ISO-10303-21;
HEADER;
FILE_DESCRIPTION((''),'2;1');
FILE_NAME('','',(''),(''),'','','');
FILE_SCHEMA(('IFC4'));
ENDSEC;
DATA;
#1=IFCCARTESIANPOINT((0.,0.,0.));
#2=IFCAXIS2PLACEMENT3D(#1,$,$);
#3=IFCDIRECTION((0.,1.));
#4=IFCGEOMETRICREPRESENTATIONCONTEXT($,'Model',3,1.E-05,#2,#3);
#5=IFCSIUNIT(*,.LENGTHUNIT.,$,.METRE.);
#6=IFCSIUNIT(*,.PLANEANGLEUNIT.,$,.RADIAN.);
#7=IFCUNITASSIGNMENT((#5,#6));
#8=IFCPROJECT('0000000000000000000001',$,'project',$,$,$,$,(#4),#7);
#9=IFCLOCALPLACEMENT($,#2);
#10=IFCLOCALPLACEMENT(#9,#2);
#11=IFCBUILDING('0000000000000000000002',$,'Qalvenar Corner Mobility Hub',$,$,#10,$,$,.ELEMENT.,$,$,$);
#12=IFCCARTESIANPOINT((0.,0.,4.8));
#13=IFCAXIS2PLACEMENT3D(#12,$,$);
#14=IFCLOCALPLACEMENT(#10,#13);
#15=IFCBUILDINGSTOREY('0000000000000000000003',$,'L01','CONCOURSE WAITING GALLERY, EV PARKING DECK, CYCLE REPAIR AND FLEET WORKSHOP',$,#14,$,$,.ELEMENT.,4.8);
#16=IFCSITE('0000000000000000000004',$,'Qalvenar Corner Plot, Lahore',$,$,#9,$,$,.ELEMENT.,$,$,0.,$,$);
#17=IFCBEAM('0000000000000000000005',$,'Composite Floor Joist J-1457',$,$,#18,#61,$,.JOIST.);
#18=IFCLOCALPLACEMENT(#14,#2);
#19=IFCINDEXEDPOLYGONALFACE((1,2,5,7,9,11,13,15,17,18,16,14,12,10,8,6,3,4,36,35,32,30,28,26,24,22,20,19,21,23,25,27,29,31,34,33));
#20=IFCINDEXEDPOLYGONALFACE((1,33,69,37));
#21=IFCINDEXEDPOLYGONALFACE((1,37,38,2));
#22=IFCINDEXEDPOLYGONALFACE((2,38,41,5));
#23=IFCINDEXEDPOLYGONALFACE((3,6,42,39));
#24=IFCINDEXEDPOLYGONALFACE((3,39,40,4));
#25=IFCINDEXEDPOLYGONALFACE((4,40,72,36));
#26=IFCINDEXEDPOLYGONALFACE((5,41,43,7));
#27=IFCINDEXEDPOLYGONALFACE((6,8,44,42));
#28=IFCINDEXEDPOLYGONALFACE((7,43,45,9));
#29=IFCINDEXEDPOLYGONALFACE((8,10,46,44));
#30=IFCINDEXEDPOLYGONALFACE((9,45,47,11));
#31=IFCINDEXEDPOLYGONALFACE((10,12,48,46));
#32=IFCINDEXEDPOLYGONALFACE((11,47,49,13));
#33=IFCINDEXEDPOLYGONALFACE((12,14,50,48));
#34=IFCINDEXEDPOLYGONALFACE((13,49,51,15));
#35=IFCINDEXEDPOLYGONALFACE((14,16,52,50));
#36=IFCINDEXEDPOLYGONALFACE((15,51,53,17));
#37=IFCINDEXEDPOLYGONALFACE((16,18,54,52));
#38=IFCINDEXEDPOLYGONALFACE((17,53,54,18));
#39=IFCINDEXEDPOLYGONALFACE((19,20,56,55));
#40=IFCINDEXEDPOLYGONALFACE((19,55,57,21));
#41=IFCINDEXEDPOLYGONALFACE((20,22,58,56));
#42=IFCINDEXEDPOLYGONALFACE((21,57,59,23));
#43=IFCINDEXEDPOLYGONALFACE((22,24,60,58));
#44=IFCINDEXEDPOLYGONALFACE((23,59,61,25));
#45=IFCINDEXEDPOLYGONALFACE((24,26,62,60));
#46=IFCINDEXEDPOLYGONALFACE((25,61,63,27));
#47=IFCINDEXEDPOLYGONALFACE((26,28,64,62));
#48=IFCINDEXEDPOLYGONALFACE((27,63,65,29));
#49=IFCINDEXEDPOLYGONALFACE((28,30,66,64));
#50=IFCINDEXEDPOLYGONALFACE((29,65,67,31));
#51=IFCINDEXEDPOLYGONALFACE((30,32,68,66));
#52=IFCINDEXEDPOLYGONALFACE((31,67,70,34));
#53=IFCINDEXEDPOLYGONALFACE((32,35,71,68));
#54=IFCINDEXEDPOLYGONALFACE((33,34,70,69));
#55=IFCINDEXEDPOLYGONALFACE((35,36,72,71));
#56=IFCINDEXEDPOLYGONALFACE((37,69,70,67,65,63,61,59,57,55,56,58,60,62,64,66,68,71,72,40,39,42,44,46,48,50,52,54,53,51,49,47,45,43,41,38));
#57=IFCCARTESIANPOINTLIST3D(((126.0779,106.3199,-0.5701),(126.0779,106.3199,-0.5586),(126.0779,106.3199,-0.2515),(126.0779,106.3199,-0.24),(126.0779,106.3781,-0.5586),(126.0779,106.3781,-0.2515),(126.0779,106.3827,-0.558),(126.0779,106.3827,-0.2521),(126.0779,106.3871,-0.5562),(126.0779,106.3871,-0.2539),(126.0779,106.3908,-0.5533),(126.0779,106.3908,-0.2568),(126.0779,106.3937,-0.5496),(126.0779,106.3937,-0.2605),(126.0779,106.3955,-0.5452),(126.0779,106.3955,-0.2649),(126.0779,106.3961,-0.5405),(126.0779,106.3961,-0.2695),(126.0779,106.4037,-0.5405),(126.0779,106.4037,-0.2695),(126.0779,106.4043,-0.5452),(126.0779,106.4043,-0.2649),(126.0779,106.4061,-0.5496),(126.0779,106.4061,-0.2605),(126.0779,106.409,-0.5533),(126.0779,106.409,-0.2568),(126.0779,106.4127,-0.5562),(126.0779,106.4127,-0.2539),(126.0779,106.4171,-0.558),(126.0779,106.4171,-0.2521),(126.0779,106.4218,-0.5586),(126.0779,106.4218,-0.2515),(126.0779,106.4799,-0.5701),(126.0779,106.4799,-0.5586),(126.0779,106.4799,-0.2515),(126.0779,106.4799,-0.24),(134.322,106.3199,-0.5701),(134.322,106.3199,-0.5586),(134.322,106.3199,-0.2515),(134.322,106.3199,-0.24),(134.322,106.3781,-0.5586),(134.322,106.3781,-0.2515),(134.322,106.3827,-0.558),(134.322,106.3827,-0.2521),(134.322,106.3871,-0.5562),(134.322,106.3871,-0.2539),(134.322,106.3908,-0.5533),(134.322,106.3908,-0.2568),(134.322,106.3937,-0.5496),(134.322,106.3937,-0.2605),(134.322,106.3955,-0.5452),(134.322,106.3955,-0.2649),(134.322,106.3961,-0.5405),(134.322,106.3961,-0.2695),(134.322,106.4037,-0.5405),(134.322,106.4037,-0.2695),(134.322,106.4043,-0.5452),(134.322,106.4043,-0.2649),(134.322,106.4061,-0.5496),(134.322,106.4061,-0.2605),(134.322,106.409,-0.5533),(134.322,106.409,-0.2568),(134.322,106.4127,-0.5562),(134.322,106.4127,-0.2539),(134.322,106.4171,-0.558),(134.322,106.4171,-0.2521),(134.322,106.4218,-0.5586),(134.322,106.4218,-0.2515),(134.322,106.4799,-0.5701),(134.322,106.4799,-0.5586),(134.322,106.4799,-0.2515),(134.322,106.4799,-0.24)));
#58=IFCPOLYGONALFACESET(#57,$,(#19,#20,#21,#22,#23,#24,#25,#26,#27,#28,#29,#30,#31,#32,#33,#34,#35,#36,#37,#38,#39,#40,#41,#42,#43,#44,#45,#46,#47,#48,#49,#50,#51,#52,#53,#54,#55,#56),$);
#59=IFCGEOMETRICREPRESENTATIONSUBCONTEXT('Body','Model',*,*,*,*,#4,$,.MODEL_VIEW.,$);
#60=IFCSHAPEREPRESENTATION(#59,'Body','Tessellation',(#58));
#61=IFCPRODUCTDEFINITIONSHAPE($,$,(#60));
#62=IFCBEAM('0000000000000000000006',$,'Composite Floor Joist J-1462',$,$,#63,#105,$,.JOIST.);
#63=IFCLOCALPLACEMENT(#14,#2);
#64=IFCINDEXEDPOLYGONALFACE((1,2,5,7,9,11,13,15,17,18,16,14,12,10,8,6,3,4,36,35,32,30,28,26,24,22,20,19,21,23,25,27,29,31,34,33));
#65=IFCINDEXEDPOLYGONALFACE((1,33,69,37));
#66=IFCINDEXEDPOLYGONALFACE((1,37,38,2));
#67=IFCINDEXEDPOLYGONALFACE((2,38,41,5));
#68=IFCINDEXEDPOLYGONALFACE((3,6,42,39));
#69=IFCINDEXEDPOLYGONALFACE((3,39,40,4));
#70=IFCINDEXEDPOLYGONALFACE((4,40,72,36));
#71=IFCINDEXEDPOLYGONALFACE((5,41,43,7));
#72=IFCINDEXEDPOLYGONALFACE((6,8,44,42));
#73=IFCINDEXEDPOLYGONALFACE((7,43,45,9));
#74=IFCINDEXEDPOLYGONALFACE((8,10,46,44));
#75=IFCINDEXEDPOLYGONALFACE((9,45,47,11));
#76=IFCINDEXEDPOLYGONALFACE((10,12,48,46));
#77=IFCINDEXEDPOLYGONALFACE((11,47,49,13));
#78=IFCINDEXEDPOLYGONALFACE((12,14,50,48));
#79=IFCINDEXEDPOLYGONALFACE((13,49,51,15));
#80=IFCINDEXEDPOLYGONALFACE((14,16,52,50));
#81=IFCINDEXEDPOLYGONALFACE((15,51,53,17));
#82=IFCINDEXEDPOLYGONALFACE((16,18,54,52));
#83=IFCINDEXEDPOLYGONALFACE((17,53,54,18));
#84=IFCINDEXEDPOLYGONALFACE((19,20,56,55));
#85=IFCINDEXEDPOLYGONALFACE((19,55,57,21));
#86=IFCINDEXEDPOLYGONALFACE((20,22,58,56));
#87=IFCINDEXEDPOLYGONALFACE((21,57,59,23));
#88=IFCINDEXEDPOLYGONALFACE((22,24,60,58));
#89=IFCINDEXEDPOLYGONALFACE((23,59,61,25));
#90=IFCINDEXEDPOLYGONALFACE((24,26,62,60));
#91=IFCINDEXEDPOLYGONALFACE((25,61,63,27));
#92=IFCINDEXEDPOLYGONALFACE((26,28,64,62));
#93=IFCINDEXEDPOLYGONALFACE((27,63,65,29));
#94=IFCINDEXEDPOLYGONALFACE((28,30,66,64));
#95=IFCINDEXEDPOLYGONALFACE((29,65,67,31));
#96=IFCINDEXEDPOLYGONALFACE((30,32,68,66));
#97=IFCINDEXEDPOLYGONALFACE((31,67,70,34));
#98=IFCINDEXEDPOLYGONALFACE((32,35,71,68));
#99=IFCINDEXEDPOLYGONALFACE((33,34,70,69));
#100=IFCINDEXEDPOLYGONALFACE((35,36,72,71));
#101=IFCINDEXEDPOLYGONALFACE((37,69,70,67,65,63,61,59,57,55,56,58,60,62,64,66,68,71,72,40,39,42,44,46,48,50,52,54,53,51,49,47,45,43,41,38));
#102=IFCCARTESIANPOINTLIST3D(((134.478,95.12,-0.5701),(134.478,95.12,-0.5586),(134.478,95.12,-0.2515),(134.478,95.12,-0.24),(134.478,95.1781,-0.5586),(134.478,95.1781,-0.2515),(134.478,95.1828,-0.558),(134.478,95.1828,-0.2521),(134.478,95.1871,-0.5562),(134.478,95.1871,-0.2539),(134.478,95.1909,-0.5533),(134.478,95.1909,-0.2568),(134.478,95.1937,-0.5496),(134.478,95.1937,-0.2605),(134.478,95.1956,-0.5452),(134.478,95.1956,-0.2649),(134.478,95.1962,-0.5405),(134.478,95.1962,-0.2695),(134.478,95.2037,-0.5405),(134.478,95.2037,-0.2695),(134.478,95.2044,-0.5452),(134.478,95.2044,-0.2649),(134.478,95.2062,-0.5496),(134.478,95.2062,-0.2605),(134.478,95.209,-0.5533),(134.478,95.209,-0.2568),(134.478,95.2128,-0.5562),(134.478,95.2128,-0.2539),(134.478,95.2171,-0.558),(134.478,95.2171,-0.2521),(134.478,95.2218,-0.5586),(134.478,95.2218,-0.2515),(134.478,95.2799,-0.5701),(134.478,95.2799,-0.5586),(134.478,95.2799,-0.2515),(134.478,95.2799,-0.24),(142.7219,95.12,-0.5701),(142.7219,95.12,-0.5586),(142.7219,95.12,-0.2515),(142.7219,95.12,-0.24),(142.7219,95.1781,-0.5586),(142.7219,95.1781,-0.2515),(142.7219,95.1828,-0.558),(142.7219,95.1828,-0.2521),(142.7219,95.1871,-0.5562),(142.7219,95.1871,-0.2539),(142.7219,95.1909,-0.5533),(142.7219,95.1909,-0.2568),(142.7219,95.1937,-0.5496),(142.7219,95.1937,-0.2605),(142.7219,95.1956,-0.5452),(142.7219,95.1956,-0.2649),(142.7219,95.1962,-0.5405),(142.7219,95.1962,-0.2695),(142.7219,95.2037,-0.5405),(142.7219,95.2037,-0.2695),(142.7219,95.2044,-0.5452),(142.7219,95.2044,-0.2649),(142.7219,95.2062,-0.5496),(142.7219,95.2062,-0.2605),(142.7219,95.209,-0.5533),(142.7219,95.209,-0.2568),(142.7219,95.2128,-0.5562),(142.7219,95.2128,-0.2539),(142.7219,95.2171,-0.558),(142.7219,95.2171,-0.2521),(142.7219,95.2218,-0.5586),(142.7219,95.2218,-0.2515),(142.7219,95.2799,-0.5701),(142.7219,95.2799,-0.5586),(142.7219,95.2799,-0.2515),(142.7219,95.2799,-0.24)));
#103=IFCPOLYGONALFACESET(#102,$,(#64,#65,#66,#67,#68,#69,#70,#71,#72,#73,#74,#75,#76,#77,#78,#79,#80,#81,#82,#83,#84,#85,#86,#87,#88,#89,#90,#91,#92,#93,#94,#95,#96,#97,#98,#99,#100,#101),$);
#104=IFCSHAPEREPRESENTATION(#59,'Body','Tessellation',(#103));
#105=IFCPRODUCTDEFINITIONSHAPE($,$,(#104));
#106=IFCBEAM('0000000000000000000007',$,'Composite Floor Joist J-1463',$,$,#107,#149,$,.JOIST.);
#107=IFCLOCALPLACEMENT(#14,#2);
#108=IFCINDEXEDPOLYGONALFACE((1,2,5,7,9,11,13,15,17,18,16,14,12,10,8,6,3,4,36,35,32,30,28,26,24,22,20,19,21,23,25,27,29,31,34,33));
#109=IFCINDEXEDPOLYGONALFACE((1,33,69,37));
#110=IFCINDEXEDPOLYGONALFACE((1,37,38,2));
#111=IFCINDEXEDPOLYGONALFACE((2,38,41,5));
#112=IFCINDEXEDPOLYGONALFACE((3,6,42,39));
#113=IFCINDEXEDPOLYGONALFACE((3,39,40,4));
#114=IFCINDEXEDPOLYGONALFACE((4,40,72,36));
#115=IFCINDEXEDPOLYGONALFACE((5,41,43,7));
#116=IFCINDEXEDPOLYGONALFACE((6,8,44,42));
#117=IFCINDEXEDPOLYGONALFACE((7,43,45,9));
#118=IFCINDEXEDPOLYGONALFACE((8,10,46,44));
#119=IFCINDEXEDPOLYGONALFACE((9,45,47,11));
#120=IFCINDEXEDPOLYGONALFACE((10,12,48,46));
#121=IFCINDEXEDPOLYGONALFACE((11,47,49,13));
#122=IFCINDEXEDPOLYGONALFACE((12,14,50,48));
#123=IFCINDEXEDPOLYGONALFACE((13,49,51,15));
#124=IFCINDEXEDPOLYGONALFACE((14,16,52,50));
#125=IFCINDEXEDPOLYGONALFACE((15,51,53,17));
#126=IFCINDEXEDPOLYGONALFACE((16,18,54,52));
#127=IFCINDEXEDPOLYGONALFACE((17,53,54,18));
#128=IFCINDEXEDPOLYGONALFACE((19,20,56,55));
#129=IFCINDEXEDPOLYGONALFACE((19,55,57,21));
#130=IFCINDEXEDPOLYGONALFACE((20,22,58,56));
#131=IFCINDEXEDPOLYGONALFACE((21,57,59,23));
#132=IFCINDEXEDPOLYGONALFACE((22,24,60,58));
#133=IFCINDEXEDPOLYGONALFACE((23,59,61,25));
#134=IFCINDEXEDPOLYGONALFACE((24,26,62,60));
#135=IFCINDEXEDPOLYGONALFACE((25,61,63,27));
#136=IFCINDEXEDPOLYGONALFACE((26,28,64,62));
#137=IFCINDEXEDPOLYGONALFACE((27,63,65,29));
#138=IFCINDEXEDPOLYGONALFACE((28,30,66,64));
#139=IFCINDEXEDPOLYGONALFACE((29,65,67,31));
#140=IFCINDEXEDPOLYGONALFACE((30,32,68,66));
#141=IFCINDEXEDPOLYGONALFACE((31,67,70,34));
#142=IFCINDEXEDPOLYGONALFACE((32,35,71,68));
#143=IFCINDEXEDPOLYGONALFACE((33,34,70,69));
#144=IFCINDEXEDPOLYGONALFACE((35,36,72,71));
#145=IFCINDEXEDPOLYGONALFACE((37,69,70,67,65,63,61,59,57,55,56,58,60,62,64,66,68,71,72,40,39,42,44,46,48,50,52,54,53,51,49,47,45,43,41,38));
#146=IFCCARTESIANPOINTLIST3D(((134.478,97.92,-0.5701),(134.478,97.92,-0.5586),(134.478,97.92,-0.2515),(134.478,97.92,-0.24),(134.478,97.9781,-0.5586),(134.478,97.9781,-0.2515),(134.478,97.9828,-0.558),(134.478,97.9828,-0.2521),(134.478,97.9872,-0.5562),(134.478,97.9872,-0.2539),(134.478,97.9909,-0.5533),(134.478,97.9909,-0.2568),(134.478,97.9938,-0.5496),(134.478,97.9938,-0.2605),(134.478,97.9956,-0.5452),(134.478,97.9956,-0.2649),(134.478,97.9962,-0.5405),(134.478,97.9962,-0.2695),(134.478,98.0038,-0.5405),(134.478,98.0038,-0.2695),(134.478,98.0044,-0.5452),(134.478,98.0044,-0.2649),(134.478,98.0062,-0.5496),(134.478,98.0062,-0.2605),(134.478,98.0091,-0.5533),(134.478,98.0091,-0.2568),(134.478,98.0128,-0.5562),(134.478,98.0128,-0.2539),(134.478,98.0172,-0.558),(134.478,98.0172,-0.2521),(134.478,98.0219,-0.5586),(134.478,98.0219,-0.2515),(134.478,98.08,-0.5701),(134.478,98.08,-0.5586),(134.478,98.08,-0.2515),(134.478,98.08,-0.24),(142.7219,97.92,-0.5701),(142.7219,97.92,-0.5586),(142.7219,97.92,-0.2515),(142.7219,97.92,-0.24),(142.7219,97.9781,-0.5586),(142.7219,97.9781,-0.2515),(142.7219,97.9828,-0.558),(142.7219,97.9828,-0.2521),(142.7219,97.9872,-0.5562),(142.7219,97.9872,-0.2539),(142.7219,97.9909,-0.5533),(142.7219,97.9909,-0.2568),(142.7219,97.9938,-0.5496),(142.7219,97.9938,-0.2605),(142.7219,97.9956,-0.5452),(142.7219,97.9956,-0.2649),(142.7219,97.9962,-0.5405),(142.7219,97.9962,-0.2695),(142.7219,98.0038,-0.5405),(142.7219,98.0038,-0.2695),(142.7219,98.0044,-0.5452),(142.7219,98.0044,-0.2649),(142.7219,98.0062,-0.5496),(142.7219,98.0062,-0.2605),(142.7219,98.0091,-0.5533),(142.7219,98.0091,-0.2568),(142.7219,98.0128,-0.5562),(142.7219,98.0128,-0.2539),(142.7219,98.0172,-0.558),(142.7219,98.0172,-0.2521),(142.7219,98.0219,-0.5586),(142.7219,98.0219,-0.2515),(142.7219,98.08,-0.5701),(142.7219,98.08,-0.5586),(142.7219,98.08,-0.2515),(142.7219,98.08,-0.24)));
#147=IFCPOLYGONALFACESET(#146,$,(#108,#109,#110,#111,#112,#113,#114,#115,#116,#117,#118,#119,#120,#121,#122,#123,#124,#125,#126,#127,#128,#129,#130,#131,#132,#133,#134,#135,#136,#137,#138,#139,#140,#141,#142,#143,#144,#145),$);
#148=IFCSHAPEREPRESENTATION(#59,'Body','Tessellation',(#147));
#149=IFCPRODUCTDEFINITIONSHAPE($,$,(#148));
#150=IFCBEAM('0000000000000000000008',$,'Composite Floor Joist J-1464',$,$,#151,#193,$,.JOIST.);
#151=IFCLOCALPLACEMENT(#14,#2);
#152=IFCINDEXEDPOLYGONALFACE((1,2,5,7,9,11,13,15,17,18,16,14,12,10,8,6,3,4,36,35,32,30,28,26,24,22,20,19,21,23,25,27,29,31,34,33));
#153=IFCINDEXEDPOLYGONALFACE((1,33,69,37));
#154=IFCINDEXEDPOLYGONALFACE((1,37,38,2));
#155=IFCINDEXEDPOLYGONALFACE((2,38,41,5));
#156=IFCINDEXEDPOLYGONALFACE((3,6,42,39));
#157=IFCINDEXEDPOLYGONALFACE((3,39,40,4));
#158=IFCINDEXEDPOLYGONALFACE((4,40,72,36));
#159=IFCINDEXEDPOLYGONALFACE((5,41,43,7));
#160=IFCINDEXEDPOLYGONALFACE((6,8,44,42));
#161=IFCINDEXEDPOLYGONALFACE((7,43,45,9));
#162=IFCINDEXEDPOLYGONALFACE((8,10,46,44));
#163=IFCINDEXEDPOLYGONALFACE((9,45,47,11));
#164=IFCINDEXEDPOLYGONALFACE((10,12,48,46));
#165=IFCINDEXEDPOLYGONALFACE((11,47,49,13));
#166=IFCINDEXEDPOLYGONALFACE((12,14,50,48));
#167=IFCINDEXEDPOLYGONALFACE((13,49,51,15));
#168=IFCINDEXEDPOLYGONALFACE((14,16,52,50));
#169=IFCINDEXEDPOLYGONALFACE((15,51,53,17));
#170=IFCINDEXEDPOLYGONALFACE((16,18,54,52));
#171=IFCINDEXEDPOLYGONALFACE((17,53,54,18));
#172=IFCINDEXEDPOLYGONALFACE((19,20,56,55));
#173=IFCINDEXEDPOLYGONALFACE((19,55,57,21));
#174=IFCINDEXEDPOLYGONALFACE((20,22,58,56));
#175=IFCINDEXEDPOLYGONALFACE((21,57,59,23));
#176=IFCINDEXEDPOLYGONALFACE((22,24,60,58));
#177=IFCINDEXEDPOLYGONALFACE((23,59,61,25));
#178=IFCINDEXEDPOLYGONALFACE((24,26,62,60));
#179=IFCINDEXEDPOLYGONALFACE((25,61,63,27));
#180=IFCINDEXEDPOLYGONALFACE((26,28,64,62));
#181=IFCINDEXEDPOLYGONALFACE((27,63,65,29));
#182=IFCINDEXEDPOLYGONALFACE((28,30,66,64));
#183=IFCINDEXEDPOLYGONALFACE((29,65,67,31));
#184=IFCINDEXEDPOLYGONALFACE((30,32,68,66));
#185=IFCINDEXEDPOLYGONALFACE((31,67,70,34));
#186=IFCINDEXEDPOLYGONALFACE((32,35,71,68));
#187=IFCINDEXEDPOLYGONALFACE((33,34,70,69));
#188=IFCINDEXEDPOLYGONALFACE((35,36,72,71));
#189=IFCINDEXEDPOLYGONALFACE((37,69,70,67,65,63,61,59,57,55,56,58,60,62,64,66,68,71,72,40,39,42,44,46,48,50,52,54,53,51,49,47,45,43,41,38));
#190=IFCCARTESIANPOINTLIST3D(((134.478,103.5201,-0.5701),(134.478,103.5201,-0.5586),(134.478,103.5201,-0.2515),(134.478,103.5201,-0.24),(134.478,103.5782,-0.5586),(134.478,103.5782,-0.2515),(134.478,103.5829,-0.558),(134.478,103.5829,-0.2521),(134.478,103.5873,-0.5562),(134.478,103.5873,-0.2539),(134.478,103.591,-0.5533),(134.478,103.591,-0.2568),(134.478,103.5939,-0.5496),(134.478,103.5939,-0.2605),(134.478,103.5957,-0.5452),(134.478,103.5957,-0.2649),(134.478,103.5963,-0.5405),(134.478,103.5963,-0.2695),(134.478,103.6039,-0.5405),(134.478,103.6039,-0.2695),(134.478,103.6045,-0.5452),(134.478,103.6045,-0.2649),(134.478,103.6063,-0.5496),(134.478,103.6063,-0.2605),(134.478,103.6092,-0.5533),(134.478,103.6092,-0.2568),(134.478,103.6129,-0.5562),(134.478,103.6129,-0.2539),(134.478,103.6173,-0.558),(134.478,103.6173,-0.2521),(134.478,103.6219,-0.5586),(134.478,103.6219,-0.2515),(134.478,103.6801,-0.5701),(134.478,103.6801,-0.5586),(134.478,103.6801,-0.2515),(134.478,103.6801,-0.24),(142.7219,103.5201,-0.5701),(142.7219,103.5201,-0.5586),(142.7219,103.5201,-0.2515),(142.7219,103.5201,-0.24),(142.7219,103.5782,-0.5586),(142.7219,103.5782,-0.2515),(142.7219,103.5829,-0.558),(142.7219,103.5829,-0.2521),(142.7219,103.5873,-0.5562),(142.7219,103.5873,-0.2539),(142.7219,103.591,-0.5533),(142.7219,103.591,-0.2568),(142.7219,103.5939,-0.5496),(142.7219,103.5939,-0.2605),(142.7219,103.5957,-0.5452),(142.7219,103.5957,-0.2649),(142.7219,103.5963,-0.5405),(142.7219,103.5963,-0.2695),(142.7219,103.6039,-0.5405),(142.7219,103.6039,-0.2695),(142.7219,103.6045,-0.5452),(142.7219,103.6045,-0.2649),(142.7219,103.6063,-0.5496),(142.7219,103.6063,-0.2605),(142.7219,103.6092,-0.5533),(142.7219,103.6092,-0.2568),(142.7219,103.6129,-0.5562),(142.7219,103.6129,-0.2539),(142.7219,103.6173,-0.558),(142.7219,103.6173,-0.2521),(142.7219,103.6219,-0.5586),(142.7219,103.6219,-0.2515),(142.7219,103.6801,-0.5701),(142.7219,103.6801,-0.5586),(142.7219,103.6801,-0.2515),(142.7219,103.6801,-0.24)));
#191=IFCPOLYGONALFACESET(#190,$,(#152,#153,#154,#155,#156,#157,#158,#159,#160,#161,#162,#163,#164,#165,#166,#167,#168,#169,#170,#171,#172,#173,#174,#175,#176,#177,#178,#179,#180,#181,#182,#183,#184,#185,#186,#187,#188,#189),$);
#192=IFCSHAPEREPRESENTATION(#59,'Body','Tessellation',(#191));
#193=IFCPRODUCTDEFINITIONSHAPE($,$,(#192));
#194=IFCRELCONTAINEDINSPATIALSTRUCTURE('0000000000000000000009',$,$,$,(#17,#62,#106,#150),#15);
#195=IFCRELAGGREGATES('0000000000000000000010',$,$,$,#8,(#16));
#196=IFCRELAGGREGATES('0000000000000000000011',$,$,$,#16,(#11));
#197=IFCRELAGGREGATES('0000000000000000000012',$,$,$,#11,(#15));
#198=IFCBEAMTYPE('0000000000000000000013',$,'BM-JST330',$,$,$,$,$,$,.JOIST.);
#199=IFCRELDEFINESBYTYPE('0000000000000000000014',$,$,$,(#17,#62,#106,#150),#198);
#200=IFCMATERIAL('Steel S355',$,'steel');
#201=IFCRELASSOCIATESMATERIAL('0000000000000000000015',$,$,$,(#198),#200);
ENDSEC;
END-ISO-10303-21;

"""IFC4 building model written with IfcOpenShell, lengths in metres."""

from ifc_helpers import new_model, si_unit, direction, frame, origin, origin_2d, place, context, subcontext, project, spatial, i_section, extrude, material, material_profile, profile_set, type_object, element, save


model = new_model("IFC4")

# Units and contexts
model_context = context("Model", 3, precision=1e-05, world=origin(), true_north=direction((0.0, 1.0)))
body_context = subcontext(model_context, "Body", "Model", "MODEL_VIEW")
ifc_project = project(units=[si_unit("LENGTHUNIT", "METRE"), si_unit("PLANEANGLEUNIT", "RADIAN")], contexts=[model_context])

# Site, building, storey
site_placement = place(None, origin())
site = spatial("IfcSite", under=ifc_project, at=site_placement, Name="Qalvenar Corner Plot, Lahore", CompositionType="ELEMENT", RefElevation=0.0)
building_placement = place(site_placement, origin())
building = spatial("IfcBuilding", under=site, at=building_placement, Name="Qalvenar Corner Mobility Hub", CompositionType="ELEMENT")
storey_placement = place(building_placement, frame((0.0, 0.0, 4.8)))
storey = spatial("IfcBuildingStorey", under=building, at=storey_placement, Name="L01", Description="CONCOURSE WAITING GALLERY, EV PARKING DECK, CYCLE REPAIR AND FLEET WORKSHOP", CompositionType="ELEMENT", Elevation=4.8)

# Shared definitions
ifc_material_1 = material(Name="Steel S355", Category="steel")

# Beams
ifc_material_profile_1 = material_profile(ifc_material_1, i_section(OverallWidth=0.1599, OverallDepth=0.3301, WebThickness=0.0076, FlangeThickness=0.0115, FilletRadius=0.0181, at=origin_2d()), Name="IPE330")
ifc_profile_set_1 = profile_set([ifc_material_profile_1], Name="Steel S355")
beam_type_1 = type_object("IfcBeamType", Name="BM-JST330", PredefinedType="JOIST", material=ifc_profile_set_1)
for number, where, z_axis, x_axis, name in (
    (1, (126.0779, 106.3999, -0.405), (1.0, 0.0, 0.0), (0.0, 1.0, 0.0), "Composite Floor Joist J-1457"),
):
    element("IfcBeam", number, at=place(storey_placement, frame(where, z_axis=z_axis, x_axis=x_axis)), inside=storey, type_object=beam_type_1, Name=name, PredefinedType="JOIST", context=body_context, shape_type="SweptSolid", body=[
        extrude(i_section(OverallWidth=0.1599, OverallDepth=0.3301, WebThickness=0.0076, FlangeThickness=0.0115, FilletRadius=0.0181, at=origin_2d()), origin(), (0.0, 0.0, 1.0), 8.2441),
    ])
for number, where, z_axis, x_axis, name in (
    (2, (134.478, 95.2, -0.405), (1.0, 0.0, 0.0), (0.0, 1.0, 0.0), "Composite Floor Joist J-1462"),
    (3, (134.478, 98.0, -0.405), (1.0, 0.0, 0.0), (0.0, 1.0, 0.0), "Composite Floor Joist J-1463"),
    (4, (134.478, 103.6001, -0.405), (1.0, 0.0, 0.0), (0.0, 1.0, 0.0), "Composite Floor Joist J-1464"),
):
    element("IfcBeam", number, at=place(storey_placement, frame(where, z_axis=z_axis, x_axis=x_axis)), inside=storey, type_object=beam_type_1, Name=name, PredefinedType="JOIST", context=body_context, shape_type="SweptSolid", body=[
        extrude(i_section(OverallWidth=0.1599, OverallDepth=0.3301, WebThickness=0.0076, FlangeThickness=0.0115, FilletRadius=0.0181, at=origin_2d()), origin(), (0.0, 0.0, 1.0), 8.2439),
    ])

save(model, "model.ifc")
